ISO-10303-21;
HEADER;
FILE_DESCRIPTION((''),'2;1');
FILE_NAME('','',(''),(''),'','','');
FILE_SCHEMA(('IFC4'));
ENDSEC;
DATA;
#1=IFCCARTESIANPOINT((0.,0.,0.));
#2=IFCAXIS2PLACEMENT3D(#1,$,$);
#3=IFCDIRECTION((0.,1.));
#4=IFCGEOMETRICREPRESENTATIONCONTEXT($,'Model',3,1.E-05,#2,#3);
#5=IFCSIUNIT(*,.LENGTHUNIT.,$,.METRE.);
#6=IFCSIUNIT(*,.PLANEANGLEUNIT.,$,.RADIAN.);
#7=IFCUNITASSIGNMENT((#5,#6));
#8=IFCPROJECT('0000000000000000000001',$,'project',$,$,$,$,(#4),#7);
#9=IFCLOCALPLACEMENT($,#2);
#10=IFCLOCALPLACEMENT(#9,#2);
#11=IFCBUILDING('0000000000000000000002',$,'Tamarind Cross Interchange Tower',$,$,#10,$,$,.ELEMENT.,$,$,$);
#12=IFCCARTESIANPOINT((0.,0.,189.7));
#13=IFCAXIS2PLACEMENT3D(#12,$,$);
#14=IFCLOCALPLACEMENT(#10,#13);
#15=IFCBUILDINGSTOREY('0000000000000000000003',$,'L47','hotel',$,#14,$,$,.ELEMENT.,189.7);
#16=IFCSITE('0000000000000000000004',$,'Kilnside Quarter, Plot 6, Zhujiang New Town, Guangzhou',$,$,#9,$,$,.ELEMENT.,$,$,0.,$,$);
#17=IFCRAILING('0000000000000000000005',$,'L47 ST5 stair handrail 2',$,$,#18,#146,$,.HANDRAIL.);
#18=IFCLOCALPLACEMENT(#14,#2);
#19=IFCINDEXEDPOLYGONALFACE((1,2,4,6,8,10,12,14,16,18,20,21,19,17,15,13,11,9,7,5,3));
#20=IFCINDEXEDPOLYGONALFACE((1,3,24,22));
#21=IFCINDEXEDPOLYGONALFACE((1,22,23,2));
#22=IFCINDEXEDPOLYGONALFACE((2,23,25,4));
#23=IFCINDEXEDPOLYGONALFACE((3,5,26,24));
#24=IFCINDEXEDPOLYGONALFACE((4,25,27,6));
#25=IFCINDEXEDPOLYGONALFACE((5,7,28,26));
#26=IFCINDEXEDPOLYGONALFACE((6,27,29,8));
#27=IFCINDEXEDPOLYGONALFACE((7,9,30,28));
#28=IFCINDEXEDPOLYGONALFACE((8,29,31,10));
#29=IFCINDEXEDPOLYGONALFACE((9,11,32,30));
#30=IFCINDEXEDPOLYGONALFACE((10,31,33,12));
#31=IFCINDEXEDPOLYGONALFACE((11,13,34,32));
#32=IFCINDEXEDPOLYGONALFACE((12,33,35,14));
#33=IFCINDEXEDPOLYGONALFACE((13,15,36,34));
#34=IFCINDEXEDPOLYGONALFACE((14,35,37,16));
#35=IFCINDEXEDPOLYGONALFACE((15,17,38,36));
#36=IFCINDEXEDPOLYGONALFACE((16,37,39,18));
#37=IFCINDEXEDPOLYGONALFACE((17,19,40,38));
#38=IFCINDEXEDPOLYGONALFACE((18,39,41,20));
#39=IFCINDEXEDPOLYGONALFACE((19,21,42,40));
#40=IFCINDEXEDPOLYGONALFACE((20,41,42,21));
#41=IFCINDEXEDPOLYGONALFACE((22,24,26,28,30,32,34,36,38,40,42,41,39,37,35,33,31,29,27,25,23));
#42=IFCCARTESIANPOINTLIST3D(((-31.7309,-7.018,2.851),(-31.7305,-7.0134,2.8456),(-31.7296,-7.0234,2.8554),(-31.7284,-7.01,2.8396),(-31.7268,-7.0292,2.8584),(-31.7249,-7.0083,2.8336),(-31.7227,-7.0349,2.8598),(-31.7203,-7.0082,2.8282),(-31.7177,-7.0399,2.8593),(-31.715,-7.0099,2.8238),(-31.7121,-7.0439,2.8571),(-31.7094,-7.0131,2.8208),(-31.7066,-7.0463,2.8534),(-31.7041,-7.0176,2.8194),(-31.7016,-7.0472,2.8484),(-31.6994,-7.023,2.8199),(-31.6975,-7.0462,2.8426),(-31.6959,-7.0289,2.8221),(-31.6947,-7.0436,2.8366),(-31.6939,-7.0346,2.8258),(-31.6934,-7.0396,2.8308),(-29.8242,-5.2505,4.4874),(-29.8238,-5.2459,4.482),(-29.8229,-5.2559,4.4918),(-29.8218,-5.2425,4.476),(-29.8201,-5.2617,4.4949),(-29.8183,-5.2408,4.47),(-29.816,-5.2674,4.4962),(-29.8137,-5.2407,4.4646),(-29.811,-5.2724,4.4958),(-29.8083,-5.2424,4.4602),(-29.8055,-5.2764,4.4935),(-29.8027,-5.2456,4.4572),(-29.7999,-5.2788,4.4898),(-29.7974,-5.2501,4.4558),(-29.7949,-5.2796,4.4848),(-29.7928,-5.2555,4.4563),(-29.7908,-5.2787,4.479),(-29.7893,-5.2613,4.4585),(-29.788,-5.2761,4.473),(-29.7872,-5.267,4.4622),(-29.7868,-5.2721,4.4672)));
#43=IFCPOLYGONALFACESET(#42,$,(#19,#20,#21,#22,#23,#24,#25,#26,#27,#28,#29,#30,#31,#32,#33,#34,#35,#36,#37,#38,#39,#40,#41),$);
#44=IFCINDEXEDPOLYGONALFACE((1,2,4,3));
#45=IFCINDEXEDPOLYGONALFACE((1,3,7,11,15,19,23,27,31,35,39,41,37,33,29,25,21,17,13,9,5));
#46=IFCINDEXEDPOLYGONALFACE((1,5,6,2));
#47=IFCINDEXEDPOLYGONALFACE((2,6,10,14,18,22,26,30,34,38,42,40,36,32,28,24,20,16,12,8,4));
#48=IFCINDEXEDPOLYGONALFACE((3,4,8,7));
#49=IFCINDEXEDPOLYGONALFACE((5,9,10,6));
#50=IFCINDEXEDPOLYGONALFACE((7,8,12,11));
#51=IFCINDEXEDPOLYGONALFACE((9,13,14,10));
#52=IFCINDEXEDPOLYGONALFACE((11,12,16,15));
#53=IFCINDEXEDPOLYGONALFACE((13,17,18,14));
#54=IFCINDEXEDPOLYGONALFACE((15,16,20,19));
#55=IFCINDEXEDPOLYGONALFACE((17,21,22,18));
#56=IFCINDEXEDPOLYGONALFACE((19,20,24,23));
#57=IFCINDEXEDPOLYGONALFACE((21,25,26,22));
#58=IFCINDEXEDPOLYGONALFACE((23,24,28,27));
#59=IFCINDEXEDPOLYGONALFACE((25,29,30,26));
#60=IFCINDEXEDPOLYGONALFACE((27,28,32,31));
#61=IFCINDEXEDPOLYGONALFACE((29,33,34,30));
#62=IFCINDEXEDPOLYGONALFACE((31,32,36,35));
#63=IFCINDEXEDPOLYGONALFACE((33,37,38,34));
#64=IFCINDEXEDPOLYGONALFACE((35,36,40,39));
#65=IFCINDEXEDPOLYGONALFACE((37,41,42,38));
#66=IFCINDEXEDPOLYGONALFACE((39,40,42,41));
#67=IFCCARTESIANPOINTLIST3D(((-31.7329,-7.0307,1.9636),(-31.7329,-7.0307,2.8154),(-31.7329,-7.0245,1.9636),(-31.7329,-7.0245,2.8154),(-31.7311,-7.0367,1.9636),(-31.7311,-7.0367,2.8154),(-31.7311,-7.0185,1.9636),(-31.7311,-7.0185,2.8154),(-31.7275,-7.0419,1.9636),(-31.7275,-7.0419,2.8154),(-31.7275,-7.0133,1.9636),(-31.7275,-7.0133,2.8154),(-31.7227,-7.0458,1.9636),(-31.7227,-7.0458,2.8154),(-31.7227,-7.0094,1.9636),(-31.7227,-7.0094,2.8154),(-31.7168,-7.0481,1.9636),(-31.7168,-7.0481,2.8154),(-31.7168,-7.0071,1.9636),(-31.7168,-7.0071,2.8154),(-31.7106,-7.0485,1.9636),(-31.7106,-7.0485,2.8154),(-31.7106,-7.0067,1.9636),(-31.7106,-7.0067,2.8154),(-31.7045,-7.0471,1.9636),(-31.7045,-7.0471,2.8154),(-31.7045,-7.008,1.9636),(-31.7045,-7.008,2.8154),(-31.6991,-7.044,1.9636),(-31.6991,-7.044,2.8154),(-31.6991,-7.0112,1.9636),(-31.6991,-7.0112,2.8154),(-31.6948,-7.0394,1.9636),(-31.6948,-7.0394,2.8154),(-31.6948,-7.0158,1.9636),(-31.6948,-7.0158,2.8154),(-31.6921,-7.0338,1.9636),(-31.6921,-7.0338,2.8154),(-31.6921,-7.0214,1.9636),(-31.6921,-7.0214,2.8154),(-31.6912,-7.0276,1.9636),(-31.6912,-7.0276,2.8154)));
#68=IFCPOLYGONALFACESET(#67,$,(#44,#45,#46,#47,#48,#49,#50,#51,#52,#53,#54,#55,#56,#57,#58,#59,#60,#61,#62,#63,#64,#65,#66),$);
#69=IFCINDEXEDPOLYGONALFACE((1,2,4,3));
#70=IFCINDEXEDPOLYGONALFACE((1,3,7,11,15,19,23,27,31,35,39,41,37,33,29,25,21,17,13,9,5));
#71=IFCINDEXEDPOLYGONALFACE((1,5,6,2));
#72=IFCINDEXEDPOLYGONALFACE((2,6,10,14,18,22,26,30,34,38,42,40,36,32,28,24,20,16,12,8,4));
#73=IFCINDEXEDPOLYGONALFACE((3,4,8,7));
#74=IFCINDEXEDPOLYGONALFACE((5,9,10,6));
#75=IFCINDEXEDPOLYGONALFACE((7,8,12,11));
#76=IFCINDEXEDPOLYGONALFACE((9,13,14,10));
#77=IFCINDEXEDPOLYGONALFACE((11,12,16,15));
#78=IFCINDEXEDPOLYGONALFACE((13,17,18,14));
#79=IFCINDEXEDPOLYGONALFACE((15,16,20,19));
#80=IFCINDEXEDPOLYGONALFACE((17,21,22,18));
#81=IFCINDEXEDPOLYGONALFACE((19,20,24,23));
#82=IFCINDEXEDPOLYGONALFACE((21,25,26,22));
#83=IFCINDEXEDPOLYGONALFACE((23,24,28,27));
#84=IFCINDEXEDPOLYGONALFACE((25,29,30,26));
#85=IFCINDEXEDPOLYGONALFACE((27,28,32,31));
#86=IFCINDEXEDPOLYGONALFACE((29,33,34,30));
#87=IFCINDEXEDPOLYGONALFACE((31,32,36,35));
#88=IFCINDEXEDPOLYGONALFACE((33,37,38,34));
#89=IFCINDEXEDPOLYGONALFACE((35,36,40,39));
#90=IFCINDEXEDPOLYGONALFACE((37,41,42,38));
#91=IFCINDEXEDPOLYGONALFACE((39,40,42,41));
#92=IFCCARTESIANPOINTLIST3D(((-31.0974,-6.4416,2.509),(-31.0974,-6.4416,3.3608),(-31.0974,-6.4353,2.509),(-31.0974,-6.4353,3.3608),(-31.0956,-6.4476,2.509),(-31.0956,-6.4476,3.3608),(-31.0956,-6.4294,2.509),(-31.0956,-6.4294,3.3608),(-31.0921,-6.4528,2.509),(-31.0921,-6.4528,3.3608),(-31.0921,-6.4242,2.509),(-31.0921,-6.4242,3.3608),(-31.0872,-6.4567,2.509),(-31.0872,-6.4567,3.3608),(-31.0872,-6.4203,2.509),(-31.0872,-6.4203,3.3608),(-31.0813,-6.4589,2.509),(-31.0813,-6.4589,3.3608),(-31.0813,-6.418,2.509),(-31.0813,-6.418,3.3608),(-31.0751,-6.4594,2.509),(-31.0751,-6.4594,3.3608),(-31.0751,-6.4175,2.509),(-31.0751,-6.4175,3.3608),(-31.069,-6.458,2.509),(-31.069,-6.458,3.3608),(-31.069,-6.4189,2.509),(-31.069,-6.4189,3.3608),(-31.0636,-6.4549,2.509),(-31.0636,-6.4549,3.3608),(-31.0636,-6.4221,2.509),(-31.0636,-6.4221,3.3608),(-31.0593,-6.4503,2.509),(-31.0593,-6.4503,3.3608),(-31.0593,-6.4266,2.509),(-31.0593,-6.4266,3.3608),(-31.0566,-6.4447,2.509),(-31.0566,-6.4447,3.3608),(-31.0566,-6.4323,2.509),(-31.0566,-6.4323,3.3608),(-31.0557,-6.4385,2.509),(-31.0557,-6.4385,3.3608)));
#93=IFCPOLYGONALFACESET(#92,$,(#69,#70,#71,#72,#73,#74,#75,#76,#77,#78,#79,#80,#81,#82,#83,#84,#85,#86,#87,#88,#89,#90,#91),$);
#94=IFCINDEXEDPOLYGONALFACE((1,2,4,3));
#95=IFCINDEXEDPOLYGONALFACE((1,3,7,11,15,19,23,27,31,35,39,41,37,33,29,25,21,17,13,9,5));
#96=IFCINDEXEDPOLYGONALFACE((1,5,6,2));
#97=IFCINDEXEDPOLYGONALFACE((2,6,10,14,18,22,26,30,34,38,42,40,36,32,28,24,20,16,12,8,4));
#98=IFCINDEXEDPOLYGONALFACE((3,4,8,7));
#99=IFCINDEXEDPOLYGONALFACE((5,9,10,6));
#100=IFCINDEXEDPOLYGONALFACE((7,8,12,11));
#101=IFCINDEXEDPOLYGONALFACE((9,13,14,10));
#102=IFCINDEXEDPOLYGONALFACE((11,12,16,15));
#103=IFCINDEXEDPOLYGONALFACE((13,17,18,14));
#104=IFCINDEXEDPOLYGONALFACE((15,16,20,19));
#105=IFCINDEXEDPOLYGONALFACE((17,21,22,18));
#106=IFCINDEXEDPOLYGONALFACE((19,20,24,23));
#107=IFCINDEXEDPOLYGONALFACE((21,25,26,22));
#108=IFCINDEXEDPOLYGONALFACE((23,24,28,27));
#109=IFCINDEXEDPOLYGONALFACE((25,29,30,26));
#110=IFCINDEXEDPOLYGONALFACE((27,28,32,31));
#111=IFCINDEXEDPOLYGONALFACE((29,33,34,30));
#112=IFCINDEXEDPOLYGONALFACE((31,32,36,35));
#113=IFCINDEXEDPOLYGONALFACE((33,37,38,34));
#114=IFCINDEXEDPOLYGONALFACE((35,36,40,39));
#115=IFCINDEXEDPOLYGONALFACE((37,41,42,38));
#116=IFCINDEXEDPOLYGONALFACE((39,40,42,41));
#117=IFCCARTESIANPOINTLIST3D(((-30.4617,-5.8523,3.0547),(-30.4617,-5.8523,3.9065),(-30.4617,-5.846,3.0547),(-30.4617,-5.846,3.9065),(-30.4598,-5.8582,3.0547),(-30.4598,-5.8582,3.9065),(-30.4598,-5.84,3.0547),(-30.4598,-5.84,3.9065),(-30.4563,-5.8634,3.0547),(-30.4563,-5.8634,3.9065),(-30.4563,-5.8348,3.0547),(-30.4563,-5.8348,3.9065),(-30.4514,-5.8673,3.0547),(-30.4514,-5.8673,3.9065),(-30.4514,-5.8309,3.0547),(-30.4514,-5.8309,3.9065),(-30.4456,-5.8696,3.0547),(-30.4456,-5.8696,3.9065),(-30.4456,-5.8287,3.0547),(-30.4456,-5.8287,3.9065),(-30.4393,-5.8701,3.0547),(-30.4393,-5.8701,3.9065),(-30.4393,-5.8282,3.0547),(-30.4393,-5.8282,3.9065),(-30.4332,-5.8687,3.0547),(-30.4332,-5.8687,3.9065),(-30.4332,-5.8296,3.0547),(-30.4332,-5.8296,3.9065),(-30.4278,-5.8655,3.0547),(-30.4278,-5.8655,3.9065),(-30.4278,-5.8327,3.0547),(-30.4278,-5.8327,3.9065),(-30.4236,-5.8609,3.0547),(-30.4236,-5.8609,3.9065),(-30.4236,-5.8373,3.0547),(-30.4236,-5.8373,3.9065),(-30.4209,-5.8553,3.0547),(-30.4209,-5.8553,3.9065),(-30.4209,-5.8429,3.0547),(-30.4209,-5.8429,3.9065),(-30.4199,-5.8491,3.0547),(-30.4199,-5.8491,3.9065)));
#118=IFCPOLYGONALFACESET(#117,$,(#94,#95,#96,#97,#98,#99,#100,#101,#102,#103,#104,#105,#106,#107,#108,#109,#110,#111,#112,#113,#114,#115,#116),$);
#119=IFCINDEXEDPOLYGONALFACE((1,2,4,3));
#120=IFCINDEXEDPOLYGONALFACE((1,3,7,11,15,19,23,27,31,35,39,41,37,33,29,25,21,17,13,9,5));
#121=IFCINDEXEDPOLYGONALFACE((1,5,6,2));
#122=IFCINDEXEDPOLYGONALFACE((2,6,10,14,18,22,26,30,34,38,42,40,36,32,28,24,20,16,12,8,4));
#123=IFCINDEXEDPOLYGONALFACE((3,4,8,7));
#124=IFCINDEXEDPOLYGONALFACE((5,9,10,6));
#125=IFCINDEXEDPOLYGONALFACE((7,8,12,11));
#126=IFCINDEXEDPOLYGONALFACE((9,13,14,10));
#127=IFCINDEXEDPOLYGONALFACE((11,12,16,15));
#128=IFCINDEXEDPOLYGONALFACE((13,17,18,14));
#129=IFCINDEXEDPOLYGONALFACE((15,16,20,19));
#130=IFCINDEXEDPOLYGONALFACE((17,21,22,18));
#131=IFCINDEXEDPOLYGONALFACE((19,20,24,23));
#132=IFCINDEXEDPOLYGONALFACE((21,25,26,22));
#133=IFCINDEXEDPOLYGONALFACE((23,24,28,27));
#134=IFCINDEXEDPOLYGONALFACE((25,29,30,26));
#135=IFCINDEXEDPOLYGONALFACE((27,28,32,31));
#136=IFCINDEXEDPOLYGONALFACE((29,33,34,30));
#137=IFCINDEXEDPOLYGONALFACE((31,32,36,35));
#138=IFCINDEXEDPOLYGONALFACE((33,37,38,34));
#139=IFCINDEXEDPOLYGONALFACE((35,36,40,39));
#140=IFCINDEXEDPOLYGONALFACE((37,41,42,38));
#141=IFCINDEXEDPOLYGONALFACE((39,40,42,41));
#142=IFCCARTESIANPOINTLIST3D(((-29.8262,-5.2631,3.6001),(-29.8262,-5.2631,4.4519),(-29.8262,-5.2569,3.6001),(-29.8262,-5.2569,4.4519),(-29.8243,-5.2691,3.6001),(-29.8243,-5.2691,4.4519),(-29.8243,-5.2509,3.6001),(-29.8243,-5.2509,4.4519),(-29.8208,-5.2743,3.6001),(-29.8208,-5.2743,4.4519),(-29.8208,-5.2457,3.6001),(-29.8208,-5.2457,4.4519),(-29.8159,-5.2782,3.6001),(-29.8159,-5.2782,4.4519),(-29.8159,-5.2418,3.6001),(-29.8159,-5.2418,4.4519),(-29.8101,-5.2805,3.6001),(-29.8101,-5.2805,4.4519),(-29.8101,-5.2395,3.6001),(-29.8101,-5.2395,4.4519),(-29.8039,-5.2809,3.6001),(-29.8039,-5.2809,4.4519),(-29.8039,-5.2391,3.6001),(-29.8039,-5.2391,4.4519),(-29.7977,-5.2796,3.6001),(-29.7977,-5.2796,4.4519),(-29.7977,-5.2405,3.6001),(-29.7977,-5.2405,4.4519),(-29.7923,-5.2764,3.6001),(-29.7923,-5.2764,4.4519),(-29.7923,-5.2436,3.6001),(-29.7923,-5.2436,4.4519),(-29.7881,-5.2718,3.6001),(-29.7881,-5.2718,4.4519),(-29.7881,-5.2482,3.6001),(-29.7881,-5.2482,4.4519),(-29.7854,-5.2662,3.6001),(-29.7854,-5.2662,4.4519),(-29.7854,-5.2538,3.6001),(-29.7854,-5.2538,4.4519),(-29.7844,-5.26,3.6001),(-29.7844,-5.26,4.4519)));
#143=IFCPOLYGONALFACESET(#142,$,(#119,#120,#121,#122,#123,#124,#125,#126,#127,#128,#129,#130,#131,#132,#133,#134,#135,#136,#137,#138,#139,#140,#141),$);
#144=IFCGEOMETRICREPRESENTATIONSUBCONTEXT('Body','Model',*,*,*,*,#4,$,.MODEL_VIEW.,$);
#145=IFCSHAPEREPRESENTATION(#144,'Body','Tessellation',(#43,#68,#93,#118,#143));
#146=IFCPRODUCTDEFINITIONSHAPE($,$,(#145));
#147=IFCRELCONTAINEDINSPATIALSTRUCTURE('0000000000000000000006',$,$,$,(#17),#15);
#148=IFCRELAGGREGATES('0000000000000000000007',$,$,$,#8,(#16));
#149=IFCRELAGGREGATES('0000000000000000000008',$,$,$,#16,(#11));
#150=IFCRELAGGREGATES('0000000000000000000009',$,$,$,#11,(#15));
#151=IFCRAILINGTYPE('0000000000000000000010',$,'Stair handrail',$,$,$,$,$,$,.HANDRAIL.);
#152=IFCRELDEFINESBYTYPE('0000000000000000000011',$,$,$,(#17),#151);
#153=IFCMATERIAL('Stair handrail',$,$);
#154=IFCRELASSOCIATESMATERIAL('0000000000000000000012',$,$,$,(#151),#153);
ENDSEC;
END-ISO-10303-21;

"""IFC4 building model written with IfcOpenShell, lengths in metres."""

from ifc_helpers import new_model, si_unit, direction, frame, origin, origin_2d, place, context, subcontext, project, spatial, circle, extrude, material, type_object, element, save


model = new_model("IFC4")

# Units and contexts
model_context = context("Model", 3, precision=1e-05, world=origin(), true_north=direction((0.0, 1.0)))
body_context = subcontext(model_context, "Body", "Model", "MODEL_VIEW")
ifc_project = project(units=[si_unit("LENGTHUNIT", "METRE"), si_unit("PLANEANGLEUNIT", "RADIAN")], contexts=[model_context])

# Site, building, storey
site_placement = place(None, origin())
site = spatial("IfcSite", under=ifc_project, at=site_placement, Name="Kilnside Quarter, Plot 6, Zhujiang New Town, Guangzhou", CompositionType="ELEMENT", RefElevation=0.0)
building_placement = place(site_placement, origin())
building = spatial("IfcBuilding", under=site, at=building_placement, Name="Tamarind Cross Interchange Tower", CompositionType="ELEMENT")
storey_placement = place(building_placement, frame((0.0, 0.0, 189.7)))
storey = spatial("IfcBuildingStorey", under=building, at=storey_placement, Name="L47", Description="hotel", CompositionType="ELEMENT", Elevation=189.7)

# Railing
ifc_material_1 = material(Name="Stair handrail")
railing_type_1 = type_object("IfcRailingType", Name="Stair handrail", PredefinedType="HANDRAIL", material=ifc_material_1)
railing_1_placement = place(storey_placement, frame((-31.7122, -7.0276, 1.9636)))
element("IfcRailing", 1, at=railing_1_placement, inside=storey, type_object=railing_type_1, Name="L47 ST5 stair handrail 2", PredefinedType="HANDRAIL", context=body_context, shape_type="SweptSolid", body=[
    extrude(circle(Radius=0.0239, at=origin_2d()), frame((0.0, 0.0, 0.876), z_axis=(0.620655, 0.575358, 0.532683), x_axis=(-0.679839, 0.733362, 0.0)), (0.0, 0.0, 1.0), 3.072),
    extrude(circle(Radius=0.021, at=origin_2d()), origin(), (0.0, 0.0, 1.0), 0.8518),
    extrude(circle(Radius=0.021, at=origin_2d()), frame((0.6355, 0.5891, 0.5454)), (0.0, 0.0, 1.0), 0.8518),
    extrude(circle(Radius=0.021, at=origin_2d()), frame((1.2712, 1.1785, 1.0911)), (0.0, 0.0, 1.0), 0.8518),
    extrude(circle(Radius=0.021, at=origin_2d()), frame((1.9067, 1.7676, 1.6365)), (0.0, 0.0, 1.0), 0.8518),
])

save(model, "model.ifc")
